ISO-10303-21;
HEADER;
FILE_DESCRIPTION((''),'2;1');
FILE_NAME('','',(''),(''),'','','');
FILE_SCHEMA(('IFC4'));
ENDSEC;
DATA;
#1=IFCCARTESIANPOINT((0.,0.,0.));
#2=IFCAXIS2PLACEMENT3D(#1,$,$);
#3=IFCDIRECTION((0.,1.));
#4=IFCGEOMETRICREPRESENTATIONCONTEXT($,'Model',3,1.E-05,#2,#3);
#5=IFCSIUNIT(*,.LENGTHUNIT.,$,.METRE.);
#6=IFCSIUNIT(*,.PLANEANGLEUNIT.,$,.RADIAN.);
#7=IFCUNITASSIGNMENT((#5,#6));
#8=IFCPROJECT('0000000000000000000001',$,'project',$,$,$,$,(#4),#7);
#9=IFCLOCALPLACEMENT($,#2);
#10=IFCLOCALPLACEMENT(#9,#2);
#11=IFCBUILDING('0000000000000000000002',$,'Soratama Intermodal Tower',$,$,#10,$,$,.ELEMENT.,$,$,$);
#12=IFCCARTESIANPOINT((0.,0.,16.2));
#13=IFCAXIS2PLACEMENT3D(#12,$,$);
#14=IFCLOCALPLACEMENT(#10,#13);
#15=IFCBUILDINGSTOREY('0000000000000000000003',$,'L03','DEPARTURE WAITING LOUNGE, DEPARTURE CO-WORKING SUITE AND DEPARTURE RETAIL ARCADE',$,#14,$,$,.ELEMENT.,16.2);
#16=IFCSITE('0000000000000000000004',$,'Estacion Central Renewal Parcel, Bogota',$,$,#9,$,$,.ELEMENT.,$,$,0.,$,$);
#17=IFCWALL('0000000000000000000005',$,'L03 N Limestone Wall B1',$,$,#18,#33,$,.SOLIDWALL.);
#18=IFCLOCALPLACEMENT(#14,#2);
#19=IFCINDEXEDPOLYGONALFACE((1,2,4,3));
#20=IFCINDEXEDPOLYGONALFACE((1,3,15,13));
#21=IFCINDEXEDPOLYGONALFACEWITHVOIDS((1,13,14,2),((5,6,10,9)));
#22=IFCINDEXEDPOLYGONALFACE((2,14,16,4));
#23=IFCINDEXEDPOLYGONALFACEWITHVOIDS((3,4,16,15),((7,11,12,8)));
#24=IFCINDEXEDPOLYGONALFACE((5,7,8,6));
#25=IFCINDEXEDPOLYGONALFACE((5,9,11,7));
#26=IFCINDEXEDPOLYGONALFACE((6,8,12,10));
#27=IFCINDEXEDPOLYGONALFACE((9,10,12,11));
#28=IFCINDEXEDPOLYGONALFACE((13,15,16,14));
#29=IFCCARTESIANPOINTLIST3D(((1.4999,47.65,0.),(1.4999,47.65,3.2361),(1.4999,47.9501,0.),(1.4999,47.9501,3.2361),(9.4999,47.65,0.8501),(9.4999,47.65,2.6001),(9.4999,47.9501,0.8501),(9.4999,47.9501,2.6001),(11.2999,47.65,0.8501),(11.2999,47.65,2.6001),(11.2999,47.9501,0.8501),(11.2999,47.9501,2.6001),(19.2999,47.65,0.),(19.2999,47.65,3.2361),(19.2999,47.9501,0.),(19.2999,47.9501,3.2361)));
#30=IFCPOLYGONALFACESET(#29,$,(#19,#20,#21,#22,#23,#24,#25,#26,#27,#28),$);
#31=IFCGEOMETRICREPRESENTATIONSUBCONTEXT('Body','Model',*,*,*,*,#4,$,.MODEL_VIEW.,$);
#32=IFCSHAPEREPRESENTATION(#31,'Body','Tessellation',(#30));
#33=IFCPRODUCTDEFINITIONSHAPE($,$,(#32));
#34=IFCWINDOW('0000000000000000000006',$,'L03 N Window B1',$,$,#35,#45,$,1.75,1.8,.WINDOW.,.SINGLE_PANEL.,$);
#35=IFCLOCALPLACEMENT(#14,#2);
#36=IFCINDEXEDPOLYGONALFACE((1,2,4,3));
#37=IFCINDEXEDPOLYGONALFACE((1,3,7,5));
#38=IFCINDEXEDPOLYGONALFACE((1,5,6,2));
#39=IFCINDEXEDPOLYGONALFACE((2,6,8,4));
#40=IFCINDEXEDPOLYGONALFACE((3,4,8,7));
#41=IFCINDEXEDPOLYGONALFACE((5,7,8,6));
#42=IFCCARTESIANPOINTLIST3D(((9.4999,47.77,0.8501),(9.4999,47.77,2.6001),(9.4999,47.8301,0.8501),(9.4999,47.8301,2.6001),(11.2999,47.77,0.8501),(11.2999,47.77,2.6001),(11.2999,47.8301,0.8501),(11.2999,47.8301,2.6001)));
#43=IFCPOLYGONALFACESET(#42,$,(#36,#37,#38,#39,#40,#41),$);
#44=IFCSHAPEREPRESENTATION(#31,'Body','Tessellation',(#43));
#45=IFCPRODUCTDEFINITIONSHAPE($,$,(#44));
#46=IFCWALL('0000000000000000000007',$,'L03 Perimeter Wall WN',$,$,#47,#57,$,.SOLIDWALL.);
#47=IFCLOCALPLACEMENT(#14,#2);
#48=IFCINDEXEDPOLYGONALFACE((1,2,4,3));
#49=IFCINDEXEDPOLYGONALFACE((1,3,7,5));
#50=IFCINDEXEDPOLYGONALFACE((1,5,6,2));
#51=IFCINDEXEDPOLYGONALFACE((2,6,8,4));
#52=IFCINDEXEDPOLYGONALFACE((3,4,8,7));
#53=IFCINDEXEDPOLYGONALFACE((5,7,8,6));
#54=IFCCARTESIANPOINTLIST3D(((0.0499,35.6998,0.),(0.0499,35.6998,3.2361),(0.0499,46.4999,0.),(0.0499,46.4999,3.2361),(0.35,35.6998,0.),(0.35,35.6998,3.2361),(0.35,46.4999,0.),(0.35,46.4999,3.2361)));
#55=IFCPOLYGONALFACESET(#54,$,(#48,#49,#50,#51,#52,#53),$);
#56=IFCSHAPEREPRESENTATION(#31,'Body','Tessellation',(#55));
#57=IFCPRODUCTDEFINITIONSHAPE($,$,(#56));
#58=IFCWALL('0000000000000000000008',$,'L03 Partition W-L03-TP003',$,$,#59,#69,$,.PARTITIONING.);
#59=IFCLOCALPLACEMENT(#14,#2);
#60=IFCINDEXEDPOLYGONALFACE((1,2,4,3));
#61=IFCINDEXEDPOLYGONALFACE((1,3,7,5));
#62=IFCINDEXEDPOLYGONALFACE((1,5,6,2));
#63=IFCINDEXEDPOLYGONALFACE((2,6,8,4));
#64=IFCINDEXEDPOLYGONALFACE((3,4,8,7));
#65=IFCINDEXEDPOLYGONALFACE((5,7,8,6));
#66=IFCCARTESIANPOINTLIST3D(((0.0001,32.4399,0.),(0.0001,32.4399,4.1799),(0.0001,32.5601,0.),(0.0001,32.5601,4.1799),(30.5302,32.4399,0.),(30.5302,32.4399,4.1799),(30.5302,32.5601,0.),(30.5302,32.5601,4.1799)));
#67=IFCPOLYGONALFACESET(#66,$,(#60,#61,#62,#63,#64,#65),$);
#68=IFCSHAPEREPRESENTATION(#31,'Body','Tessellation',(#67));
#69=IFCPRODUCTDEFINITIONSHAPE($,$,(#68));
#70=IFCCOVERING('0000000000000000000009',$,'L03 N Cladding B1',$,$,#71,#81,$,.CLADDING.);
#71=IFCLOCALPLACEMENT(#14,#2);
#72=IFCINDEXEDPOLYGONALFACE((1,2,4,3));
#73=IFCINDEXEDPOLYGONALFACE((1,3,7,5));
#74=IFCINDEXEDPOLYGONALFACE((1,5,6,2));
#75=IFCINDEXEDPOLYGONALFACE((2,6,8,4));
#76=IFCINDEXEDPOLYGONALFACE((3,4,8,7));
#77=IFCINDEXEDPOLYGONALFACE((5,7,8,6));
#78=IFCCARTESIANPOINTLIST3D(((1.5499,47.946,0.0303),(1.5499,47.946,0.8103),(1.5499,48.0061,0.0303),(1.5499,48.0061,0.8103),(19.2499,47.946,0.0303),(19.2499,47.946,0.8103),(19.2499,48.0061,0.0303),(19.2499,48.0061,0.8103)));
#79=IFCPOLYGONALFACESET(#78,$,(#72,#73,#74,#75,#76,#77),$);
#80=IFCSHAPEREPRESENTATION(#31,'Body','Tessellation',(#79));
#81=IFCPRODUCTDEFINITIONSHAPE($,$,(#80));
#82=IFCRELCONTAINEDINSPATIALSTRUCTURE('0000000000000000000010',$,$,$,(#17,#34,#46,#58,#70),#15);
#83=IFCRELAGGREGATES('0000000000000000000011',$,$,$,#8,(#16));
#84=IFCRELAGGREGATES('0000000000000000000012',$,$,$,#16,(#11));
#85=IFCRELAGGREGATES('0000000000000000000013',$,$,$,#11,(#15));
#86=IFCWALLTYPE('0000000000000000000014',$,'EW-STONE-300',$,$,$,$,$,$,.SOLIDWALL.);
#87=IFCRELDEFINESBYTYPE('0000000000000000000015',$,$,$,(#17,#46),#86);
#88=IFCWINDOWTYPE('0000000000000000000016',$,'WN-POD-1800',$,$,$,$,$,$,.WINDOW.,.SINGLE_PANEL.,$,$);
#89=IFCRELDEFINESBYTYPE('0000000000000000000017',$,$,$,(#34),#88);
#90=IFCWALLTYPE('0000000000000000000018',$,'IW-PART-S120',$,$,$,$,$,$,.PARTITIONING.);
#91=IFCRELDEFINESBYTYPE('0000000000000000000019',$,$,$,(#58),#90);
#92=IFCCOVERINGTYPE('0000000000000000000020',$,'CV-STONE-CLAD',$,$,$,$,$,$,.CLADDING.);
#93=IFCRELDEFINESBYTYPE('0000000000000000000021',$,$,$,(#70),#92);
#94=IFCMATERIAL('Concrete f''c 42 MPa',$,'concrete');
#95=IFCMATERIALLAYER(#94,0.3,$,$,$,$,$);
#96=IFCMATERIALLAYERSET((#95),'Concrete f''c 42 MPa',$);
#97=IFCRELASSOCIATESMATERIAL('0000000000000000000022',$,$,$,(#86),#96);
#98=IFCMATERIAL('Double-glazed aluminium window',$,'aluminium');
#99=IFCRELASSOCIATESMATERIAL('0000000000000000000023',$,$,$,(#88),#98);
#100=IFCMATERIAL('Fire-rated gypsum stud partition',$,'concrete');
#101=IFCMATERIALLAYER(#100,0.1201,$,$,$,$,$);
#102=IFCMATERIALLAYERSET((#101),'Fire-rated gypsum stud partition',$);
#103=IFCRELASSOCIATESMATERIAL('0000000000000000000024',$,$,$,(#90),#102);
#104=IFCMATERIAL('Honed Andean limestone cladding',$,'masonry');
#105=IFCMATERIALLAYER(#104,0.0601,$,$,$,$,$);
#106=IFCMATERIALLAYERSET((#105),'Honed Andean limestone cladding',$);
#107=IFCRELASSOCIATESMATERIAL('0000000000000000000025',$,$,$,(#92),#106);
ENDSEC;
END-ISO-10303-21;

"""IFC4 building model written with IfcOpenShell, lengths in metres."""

from ifc_helpers import new_model, si_unit, direction, frame, frame_2d, origin, origin_2d, place, context, subcontext, project, spatial, rectangle, extrude, material, layer, layer_set, type_object, element, fill, save


model = new_model("IFC4")

# Units and contexts
model_context = context("Model", 3, precision=1e-05, world=origin(), true_north=direction((0.0, 1.0)))
body_context = subcontext(model_context, "Body", "Model", "MODEL_VIEW")
ifc_project = project(units=[si_unit("LENGTHUNIT", "METRE"), si_unit("PLANEANGLEUNIT", "RADIAN")], contexts=[model_context])

# Site, building, storey
site_placement = place(None, origin())
site = spatial("IfcSite", under=ifc_project, at=site_placement, Name="Estacion Central Renewal Parcel, Bogota", CompositionType="ELEMENT", RefElevation=0.0)
building_placement = place(site_placement, origin())
building = spatial("IfcBuilding", under=site, at=building_placement, Name="Soratama Intermodal Tower", CompositionType="ELEMENT")
storey_placement = place(building_placement, frame((0.0, 0.0, 16.2)))
storey = spatial("IfcBuildingStorey", under=building, at=storey_placement, Name="L03", Description="DEPARTURE WAITING LOUNGE, DEPARTURE CO-WORKING SUITE AND DEPARTURE RETAIL ARCADE", CompositionType="ELEMENT", Elevation=16.2)

# Wall, opening, window
ifc_material_1 = material(Name="Concrete f'c 42 MPa", Category="concrete")
ifc_layer_1 = layer(ifc_material_1, 0.3)
ifc_layer_set_1 = layer_set([ifc_layer_1], Name="Concrete f'c 42 MPa")
wall_type_1 = type_object("IfcWallType", Name="EW-STONE-300", PredefinedType="SOLIDWALL", material=ifc_layer_set_1)
wall_1_placement = place(storey_placement, frame((1.5, 47.8, 0.0), z_axis=(0.0, 0.0, 1.0), x_axis=(1.0, 0.0, 0.0)))
wall_1 = element("IfcWall", 1, at=wall_1_placement, inside=storey, type_object=wall_type_1, Name="L03 N Limestone Wall B1", PredefinedType="SOLIDWALL", context=body_context, shape_type="SweptSolid", body=[
    extrude(rectangle(XDim=17.8, YDim=0.3, at=frame_2d((8.8999, 0.0))), origin(), (0.0, 0.0, 1.0), 3.2361),
])
opening_placement = place(wall_1_placement, frame((8.0, 0.0, 0.8501)))
opening = element("IfcOpeningElement", 2, at=opening_placement, cuts=wall_1, PredefinedType="OPENING", context=body_context, shape_type="SweptSolid", body=[
    extrude(rectangle(XDim=1.8, YDim=1.75, at=frame_2d((0.8999, 0.875))), frame((0.0, 0.1599, 0.0), z_axis=(0.0, -1.0, 0.0), x_axis=(1.0, 0.0, 0.0)), (0.0, 0.0, 1.0), 0.3201),
])
ifc_material_2 = material(Name="Double-glazed aluminium window", Category="aluminium")
window_type = type_object("IfcWindowType", Name="WN-POD-1800", PartitioningType="SINGLE_PANEL", PredefinedType="WINDOW", material=ifc_material_2)
window_placement = place(opening_placement, origin())
window = element("IfcWindow", 3, at=window_placement, inside=storey, type_object=window_type, Name="L03 N Window B1", OverallHeight=1.75, OverallWidth=1.8, PartitioningType="SINGLE_PANEL", PredefinedType="WINDOW", context=body_context, shape_type="SweptSolid", body=[
    extrude(rectangle(XDim=1.8, YDim=1.75, at=frame_2d((0.8999, 0.875))), frame((0.0, 0.03, 0.0), z_axis=(0.0, -1.0, 0.0), x_axis=(1.0, 0.0, 0.0)), (0.0, 0.0, 1.0), 0.0601),
])
fill(opening, window)

# Walls
wall_2_placement = place(storey_placement, frame((0.2, 35.7, 0.0), z_axis=(0.0, 0.0, 1.0), x_axis=(0.0, 1.0, 0.0)))
element("IfcWall", 4, at=wall_2_placement, inside=storey, type_object=wall_type_1, Name="L03 Perimeter Wall WN", PredefinedType="SOLIDWALL", context=body_context, shape_type="SweptSolid", body=[
    extrude(rectangle(XDim=10.8, YDim=0.3, at=frame_2d((5.3999, 0.0))), origin(), (0.0, 0.0, 1.0), 3.2361),
])
ifc_material_3 = material(Name="Fire-rated gypsum stud partition", Category="concrete")
ifc_layer_2 = layer(ifc_material_3, 0.1201)
ifc_layer_set_2 = layer_set([ifc_layer_2], Name="Fire-rated gypsum stud partition")
wall_type_2 = type_object("IfcWallType", Name="IW-PART-S120", PredefinedType="PARTITIONING", material=ifc_layer_set_2)
wall_3_placement = place(storey_placement, frame((0.0, 32.5, 0.0), z_axis=(0.0, 0.0, 1.0), x_axis=(1.0, 0.0, 0.0)))
element("IfcWall", 5, at=wall_3_placement, inside=storey, type_object=wall_type_2, Name="L03 Partition W-L03-TP003", PredefinedType="PARTITIONING", context=body_context, shape_type="SweptSolid", body=[
    extrude(rectangle(XDim=30.53, YDim=0.1201, at=frame_2d((15.2651, 0.0))), origin(), (0.0, 0.0, 1.0), 4.1799),
])

# Covering
ifc_material_4 = material(Name="Honed Andean limestone cladding", Category="masonry")
ifc_layer_3 = layer(ifc_material_4, 0.0601)
ifc_layer_set_3 = layer_set([ifc_layer_3], Name="Honed Andean limestone cladding")
covering_type = type_object("IfcCoveringType", Name="CV-STONE-CLAD", PredefinedType="CLADDING", material=ifc_layer_set_3)
covering_placement = place(storey_placement, frame((10.3999, 47.9761, 0.0303), z_axis=(0.0, 0.0, 1.0), x_axis=(1.0, 0.0, 0.0)))
element("IfcCovering", 6, at=covering_placement, inside=storey, type_object=covering_type, Name="L03 N Cladding B1", PredefinedType="CLADDING", context=body_context, shape_type="SweptSolid", body=[
    extrude(rectangle(XDim=17.7, YDim=0.0601, at=origin_2d()), origin(), (0.0, 0.0, 1.0), 0.78),
])

save(model, "model.ifc")
